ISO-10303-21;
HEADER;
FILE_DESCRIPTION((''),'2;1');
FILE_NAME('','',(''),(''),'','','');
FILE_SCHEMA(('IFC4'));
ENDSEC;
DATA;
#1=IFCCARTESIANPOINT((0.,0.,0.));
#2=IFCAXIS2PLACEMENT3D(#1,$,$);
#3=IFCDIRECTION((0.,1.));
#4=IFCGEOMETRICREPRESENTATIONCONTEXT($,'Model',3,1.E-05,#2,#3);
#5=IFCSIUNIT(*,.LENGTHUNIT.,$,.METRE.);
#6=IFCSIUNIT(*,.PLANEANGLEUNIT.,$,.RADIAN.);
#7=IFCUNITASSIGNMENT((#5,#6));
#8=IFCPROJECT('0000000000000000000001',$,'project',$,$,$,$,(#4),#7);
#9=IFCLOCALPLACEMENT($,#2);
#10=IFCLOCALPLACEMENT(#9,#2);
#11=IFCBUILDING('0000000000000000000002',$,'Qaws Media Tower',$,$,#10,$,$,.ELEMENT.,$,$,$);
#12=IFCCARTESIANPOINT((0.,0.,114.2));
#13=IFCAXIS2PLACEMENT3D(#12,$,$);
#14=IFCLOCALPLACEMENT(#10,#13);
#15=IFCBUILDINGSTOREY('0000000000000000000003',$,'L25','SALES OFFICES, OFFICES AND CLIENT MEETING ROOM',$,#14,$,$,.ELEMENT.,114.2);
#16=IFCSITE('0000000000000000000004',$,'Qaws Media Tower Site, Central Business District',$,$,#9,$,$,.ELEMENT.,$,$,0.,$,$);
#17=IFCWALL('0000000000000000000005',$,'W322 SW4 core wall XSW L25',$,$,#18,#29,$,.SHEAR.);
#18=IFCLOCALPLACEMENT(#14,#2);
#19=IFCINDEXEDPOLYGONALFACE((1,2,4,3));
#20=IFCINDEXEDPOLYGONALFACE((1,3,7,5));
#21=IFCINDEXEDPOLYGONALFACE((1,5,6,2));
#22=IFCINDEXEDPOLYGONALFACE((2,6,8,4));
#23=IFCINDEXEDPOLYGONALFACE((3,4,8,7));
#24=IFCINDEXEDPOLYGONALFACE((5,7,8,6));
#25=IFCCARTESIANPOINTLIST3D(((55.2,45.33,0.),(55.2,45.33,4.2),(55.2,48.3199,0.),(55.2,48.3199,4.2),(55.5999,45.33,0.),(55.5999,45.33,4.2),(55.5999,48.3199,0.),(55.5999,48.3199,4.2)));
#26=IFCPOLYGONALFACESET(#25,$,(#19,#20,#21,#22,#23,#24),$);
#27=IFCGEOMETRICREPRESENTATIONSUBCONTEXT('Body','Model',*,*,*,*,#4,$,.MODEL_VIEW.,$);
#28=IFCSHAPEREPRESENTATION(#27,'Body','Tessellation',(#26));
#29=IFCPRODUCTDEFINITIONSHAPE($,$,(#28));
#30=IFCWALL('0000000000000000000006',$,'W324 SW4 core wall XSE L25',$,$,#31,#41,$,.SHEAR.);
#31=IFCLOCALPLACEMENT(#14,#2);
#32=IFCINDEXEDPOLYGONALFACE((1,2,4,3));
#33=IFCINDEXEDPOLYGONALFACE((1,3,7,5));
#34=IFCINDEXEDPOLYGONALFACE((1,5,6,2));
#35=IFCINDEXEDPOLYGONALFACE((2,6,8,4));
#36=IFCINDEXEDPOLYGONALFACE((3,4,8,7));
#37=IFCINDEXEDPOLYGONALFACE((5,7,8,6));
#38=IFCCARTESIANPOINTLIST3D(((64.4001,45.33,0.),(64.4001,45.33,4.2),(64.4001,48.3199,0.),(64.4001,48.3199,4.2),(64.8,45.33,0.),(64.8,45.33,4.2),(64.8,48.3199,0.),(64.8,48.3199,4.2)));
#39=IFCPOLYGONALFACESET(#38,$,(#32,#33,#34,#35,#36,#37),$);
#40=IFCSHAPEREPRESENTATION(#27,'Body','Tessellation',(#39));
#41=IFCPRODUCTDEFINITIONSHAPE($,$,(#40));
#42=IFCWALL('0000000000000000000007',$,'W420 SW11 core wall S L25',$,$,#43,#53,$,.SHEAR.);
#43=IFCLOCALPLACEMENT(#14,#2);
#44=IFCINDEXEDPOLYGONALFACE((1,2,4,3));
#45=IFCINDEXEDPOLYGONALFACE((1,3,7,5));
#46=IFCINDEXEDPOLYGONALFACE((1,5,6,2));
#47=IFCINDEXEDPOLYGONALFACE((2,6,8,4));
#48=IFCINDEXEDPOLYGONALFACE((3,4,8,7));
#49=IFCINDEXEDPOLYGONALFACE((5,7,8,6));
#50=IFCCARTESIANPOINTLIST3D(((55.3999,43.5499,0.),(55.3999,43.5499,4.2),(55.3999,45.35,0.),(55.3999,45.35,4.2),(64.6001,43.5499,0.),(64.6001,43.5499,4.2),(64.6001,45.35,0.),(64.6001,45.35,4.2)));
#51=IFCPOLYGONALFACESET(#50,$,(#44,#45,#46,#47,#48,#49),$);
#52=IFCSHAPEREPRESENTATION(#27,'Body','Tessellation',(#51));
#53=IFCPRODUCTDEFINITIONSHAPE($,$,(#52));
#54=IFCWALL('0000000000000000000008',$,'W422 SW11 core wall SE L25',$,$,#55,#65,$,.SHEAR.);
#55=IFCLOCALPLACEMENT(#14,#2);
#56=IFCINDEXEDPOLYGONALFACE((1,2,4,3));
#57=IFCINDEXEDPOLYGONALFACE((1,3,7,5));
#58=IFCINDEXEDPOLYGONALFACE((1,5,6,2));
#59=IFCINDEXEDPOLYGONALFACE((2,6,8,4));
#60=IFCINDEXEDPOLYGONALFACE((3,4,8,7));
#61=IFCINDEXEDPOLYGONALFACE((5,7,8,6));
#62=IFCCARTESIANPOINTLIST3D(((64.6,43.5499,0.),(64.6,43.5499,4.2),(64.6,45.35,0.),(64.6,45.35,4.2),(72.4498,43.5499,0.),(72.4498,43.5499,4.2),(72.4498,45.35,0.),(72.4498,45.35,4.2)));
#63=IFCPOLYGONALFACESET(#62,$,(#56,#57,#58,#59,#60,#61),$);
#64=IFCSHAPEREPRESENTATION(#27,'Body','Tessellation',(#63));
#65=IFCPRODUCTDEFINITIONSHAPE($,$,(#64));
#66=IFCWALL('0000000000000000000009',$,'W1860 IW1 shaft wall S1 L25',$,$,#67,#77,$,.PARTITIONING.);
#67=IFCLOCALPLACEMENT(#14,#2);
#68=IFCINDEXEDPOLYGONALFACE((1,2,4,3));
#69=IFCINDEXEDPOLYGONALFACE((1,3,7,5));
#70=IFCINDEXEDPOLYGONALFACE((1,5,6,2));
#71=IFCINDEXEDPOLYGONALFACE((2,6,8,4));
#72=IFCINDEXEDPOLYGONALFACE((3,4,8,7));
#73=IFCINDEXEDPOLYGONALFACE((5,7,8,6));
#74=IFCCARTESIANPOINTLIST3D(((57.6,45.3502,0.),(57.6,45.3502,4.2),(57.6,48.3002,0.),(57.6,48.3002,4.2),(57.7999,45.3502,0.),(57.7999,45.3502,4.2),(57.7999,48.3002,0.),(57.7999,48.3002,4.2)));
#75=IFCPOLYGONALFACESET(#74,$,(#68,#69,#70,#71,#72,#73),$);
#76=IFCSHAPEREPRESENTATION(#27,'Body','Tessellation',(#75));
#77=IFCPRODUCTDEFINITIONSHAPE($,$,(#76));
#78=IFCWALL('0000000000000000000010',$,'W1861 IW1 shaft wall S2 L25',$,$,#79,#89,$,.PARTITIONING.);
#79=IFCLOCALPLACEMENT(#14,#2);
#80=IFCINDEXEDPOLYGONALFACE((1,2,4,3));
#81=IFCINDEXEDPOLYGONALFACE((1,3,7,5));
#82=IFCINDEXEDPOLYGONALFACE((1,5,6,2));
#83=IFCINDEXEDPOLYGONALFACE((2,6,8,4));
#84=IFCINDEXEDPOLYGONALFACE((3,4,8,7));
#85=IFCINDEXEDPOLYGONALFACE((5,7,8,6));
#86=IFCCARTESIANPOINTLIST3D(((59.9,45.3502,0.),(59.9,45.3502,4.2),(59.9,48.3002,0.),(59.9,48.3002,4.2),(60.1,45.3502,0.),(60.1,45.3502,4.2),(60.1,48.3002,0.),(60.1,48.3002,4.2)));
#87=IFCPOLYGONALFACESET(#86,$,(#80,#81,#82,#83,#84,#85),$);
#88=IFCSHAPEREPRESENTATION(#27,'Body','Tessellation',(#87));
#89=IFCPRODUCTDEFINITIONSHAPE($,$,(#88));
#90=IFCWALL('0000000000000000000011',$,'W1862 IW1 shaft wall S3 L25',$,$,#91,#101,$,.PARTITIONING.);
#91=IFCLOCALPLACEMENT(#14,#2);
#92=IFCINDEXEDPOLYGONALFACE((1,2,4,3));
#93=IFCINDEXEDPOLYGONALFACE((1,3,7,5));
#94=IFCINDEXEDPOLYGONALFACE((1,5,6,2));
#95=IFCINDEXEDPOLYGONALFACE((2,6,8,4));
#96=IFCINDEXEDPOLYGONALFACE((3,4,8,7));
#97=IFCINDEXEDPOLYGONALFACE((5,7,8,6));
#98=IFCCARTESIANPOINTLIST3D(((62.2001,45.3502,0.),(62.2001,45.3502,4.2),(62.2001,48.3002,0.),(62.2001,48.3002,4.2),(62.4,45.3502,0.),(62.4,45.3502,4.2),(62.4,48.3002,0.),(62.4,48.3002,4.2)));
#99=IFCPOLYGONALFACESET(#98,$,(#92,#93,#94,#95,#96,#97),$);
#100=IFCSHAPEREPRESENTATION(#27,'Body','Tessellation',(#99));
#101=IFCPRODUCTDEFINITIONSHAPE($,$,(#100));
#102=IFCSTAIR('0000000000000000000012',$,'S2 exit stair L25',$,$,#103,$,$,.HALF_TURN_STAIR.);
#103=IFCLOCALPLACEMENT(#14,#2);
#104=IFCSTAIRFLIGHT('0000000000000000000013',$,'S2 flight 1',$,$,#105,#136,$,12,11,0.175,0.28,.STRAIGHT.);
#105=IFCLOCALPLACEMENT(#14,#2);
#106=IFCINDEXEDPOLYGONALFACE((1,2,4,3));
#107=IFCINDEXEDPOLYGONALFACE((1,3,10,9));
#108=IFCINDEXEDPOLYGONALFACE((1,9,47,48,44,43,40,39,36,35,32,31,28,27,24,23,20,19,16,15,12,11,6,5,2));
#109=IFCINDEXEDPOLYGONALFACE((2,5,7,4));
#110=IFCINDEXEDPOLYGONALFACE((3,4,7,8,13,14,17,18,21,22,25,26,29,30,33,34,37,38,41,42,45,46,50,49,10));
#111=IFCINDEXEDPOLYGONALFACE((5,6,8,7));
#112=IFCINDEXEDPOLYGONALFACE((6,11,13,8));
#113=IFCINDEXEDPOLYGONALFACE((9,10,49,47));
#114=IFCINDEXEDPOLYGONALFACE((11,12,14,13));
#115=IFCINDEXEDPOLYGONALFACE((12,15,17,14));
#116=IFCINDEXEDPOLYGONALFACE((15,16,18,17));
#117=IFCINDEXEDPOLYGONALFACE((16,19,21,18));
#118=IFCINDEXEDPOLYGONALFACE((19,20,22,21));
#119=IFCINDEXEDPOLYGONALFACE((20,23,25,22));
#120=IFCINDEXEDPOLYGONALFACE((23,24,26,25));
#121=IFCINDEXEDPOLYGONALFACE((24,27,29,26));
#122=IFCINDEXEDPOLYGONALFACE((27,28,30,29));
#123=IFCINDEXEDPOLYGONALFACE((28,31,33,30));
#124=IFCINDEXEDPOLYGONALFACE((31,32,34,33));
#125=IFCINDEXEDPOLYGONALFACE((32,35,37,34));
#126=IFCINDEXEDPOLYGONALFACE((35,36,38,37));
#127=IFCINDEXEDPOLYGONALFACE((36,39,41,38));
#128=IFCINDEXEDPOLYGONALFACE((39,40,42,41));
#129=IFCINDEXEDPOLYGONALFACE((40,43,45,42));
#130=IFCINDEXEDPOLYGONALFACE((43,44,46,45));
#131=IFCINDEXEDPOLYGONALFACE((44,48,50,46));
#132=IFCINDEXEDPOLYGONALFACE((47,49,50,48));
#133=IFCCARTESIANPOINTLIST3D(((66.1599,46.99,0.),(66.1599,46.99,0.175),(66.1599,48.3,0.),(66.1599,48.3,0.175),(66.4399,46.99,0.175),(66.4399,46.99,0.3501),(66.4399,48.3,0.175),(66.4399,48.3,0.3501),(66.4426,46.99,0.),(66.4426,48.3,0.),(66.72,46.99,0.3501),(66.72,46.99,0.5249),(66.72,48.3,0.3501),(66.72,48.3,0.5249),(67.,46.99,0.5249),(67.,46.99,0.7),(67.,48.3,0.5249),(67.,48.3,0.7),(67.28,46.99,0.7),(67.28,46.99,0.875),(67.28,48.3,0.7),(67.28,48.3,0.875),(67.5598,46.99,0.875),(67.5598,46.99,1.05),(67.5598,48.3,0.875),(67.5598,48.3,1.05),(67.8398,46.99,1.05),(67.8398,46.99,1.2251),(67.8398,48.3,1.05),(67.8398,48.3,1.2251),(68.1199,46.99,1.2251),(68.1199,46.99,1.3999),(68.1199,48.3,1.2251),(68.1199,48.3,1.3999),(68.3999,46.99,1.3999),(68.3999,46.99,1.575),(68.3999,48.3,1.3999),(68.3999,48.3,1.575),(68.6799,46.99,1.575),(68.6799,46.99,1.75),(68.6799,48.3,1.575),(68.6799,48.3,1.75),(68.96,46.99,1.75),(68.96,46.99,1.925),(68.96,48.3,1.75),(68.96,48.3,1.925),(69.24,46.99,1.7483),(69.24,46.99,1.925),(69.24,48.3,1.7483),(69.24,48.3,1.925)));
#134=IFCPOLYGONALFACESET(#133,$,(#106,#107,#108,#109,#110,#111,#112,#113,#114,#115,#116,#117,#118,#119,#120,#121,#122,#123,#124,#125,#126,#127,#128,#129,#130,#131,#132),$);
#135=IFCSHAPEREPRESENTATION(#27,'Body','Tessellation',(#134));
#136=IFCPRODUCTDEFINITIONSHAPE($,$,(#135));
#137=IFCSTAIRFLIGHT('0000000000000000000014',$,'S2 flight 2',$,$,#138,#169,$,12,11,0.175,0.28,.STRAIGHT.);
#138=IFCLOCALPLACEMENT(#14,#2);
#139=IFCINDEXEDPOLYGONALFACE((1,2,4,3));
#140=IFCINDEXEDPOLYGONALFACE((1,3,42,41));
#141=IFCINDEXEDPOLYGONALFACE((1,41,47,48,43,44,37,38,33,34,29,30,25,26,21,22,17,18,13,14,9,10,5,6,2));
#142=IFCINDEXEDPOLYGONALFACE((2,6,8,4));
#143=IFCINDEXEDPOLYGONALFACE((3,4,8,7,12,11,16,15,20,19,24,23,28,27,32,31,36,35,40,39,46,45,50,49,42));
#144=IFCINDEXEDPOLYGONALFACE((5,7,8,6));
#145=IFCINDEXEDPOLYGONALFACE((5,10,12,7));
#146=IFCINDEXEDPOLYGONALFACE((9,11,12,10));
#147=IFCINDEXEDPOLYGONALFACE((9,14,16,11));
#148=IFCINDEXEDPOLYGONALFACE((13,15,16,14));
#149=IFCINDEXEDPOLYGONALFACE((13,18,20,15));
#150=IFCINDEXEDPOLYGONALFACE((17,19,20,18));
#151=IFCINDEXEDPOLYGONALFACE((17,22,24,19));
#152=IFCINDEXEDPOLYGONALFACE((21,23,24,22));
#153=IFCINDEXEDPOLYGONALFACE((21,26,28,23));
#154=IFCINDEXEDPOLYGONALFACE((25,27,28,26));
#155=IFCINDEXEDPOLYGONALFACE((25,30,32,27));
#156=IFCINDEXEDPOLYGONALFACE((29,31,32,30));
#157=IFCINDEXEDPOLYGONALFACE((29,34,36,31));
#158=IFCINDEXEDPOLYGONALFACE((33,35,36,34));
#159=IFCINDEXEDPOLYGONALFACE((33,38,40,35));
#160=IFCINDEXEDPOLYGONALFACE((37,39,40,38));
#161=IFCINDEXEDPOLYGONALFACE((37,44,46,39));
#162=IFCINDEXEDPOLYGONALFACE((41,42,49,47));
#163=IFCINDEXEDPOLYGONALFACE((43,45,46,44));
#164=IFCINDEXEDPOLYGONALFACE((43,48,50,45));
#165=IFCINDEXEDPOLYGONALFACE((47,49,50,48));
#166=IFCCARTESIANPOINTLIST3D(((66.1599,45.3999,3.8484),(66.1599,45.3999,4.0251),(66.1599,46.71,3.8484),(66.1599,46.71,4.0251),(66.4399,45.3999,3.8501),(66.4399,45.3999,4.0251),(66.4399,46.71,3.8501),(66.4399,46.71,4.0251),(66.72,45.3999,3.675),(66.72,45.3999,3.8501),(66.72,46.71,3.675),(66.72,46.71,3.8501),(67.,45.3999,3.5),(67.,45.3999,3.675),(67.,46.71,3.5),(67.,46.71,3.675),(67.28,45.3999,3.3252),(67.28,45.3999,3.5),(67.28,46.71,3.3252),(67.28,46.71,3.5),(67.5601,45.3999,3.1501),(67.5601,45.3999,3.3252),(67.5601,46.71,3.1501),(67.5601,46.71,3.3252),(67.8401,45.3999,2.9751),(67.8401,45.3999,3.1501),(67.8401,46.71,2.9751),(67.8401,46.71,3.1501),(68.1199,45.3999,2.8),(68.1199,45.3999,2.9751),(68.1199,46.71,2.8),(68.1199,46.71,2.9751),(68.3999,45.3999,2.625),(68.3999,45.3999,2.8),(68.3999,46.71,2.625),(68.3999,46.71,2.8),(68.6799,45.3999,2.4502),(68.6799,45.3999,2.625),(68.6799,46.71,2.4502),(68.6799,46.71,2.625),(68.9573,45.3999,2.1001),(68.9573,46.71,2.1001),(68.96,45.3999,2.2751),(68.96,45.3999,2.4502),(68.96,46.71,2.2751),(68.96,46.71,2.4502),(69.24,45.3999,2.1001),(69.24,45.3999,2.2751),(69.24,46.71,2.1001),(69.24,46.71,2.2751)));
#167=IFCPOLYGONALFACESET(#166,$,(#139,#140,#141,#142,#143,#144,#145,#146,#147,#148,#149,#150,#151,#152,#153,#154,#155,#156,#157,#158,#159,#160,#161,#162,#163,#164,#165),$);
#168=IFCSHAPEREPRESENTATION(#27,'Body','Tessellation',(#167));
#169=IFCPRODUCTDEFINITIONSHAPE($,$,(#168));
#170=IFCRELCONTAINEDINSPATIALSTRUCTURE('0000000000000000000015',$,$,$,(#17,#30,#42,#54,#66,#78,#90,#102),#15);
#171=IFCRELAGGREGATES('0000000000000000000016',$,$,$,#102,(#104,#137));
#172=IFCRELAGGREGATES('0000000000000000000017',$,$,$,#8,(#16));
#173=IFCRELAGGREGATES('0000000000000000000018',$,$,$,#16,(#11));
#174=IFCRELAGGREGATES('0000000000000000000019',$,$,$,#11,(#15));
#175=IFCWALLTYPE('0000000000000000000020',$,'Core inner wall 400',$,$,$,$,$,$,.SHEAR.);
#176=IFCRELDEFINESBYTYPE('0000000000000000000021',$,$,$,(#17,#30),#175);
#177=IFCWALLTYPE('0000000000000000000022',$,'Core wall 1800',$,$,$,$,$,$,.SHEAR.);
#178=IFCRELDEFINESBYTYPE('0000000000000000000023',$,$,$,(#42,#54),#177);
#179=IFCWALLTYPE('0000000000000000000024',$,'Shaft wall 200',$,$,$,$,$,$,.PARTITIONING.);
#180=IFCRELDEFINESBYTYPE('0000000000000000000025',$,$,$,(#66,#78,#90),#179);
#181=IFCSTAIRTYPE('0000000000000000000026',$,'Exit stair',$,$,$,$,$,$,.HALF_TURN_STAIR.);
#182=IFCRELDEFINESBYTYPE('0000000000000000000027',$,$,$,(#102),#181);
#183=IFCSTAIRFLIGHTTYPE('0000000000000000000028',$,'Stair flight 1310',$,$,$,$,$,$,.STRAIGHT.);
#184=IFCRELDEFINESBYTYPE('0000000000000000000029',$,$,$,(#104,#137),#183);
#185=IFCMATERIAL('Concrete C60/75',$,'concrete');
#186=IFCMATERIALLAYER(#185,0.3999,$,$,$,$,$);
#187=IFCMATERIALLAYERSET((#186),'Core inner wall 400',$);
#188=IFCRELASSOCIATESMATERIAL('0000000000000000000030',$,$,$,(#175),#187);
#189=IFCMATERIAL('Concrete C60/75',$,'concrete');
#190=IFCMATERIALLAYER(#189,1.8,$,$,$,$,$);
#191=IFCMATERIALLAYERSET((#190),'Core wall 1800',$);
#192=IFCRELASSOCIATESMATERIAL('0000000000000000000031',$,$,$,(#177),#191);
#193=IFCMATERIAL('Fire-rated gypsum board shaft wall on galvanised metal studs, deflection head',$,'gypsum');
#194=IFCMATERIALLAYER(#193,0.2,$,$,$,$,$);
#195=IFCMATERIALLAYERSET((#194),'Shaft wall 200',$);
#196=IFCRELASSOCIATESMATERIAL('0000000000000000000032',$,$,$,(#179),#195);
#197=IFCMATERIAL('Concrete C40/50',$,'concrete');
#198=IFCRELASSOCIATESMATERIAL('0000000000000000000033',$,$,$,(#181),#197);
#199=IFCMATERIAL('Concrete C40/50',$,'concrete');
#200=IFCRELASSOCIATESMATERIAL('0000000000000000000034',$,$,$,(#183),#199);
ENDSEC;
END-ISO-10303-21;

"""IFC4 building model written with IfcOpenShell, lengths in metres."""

from ifc_helpers import new_model, si_unit, direction, frame, frame_2d, origin, place, context, subcontext, project, spatial, polyline, rectangle, outline, extrude, material, layer, layer_set, type_object, element, aggregate, save


model = new_model("IFC4")

# Units and contexts
model_context = context("Model", 3, precision=1e-05, world=origin(), true_north=direction((0.0, 1.0)))
body_context = subcontext(model_context, "Body", "Model", "MODEL_VIEW")
ifc_project = project(units=[si_unit("LENGTHUNIT", "METRE"), si_unit("PLANEANGLEUNIT", "RADIAN")], contexts=[model_context])

# Site, building, storey
site_placement = place(None, origin())
site = spatial("IfcSite", under=ifc_project, at=site_placement, Name="Qaws Media Tower Site, Central Business District", CompositionType="ELEMENT", RefElevation=0.0)
building_placement = place(site_placement, origin())
building = spatial("IfcBuilding", under=site, at=building_placement, Name="Qaws Media Tower", CompositionType="ELEMENT")
storey_placement = place(building_placement, frame((0.0, 0.0, 114.2)))
storey = spatial("IfcBuildingStorey", under=building, at=storey_placement, Name="L25", Description="SALES OFFICES, OFFICES AND CLIENT MEETING ROOM", CompositionType="ELEMENT", Elevation=114.2)

# Walls
ifc_material_1 = material(Name="Concrete C60/75", Category="concrete")
ifc_layer_1 = layer(ifc_material_1, 0.3999)
ifc_layer_set_1 = layer_set([ifc_layer_1], Name="Core inner wall 400")
wall_type_1 = type_object("IfcWallType", Name="Core inner wall 400", PredefinedType="SHEAR", material=ifc_layer_set_1)
for number, where, z_axis, x_axis, name in (
    (1, (55.3999, 48.3201, 0.0), (0.0, 0.0, 1.0), (0.0, -1.0, 0.0), "W322 SW4 core wall XSW L25"),
    (2, (64.6001, 48.3201, 0.0), (0.0, 0.0, 1.0), (0.0, -1.0, 0.0), "W324 SW4 core wall XSE L25"),
):
    element("IfcWall", number, at=place(storey_placement, frame(where, z_axis=z_axis, x_axis=x_axis)), inside=storey, type_object=wall_type_1, Name=name, PredefinedType="SHEAR", context=body_context, shape_type="SweptSolid", body=[
        extrude(rectangle(XDim=2.99, YDim=0.3999, at=frame_2d((1.4951, 0.0))), origin(), (0.0, 0.0, 1.0), 4.2),
    ])
ifc_material_2 = material(Name="Concrete C60/75", Category="concrete")
ifc_layer_2 = layer(ifc_material_2, 1.8)
ifc_layer_set_2 = layer_set([ifc_layer_2], Name="Core wall 1800")
wall_type_2 = type_object("IfcWallType", Name="Core wall 1800", PredefinedType="SHEAR", material=ifc_layer_set_2)
wall_1_placement = place(storey_placement, frame((55.3999, 44.45, 0.0), z_axis=(0.0, 0.0, 1.0), x_axis=(1.0, 0.0, 0.0)))
element("IfcWall", 3, at=wall_1_placement, inside=storey, type_object=wall_type_2, Name="W420 SW11 core wall S L25", PredefinedType="SHEAR", context=body_context, shape_type="SweptSolid", body=[
    extrude(rectangle(XDim=9.2002, YDim=1.8, at=frame_2d((4.6001, 0.0))), origin(), (0.0, 0.0, 1.0), 4.2),
])
wall_2_placement = place(storey_placement, frame((64.6001, 44.45, 0.0), z_axis=(0.0, 0.0, 1.0), x_axis=(1.0, 0.0, 0.0)))
element("IfcWall", 4, at=wall_2_placement, inside=storey, type_object=wall_type_2, Name="W422 SW11 core wall SE L25", PredefinedType="SHEAR", context=body_context, shape_type="SweptSolid", body=[
    extrude(rectangle(XDim=7.8499, YDim=1.8, at=frame_2d((3.9248, 0.0))), origin(), (0.0, 0.0, 1.0), 4.2),
])
ifc_material_3 = material(Name="Fire-rated gypsum board shaft wall on galvanised metal studs, deflection head", Category="gypsum")
ifc_layer_3 = layer(ifc_material_3, 0.2)
ifc_layer_set_3 = layer_set([ifc_layer_3], Name="Shaft wall 200")
wall_type_3 = type_object("IfcWallType", Name="Shaft wall 200", PredefinedType="PARTITIONING", material=ifc_layer_set_3)
for number, where, z_axis, x_axis, name in (
    (5, (57.7, 45.3501, 0.0), (0.0, 0.0, 1.0), (0.0, 1.0, 0.0), "W1860 IW1 shaft wall S1 L25"),
    (6, (60.0, 45.3501, 0.0), (0.0, 0.0, 1.0), (0.0, 1.0, 0.0), "W1861 IW1 shaft wall S2 L25"),
    (7, (62.3, 45.3501, 0.0), (0.0, 0.0, 1.0), (0.0, 1.0, 0.0), "W1862 IW1 shaft wall S3 L25"),
):
    element("IfcWall", number, at=place(storey_placement, frame(where, z_axis=z_axis, x_axis=x_axis)), inside=storey, type_object=wall_type_3, Name=name, PredefinedType="PARTITIONING", context=body_context, shape_type="SweptSolid", body=[
        extrude(rectangle(XDim=2.95, YDim=0.2, at=frame_2d((1.4751, 0.0))), origin(), (0.0, 0.0, 1.0), 4.2),
    ])

# Stair, stair flights
ifc_material_4 = material(Name="Concrete C40/50", Category="concrete")
stair_type = type_object("IfcStairType", Name="Exit stair", PredefinedType="HALF_TURN_STAIR", material=ifc_material_4)
stair_placement = place(storey_placement, origin())
stair = element("IfcStair", 8, at=stair_placement, inside=storey, type_object=stair_type, Name="S2 exit stair L25", PredefinedType="HALF_TURN_STAIR")
ifc_material_5 = material(Name="Concrete C40/50", Category="concrete")
stair_flight_type = type_object("IfcStairFlightType", Name="Stair flight 1310", PredefinedType="STRAIGHT", material=ifc_material_5)
stair_flight_1_placement = place(storey_placement, frame((66.1599, 47.645, 0.0), z_axis=(0.0, 0.0, 1.0), x_axis=(1.0, 0.0, 0.0)))
stair_flight_1 = element("IfcStairFlight", 9, at=stair_flight_1_placement, type_object=stair_flight_type, Name="S2 flight 1", NumberOfRisers=12, NumberOfTreads=11, PredefinedType="STRAIGHT", RiserHeight=0.175, TreadLength=0.28, context=body_context, shape_type="SweptSolid", body=[
    extrude(outline(polyline([(0.0, 0.0), (0.0, 0.175), (0.28, 0.175), (0.28, 0.3501), (0.5601, 0.3501), (0.5601, 0.5249), (0.8401, 0.5249), (0.8401, 0.7), (1.1201, 0.7), (1.1201, 0.875), (1.3999, 0.875), (1.3999, 1.05), (1.6799, 1.05), (1.6799, 1.2251), (1.96, 1.2251), (1.96, 1.3999), (2.24, 1.3999), (2.24, 1.575), (2.52, 1.575), (2.52, 1.75), (2.8, 1.75), (2.8, 1.925), (3.0801, 1.925), (3.0801, 2.1001), (3.0801, 1.7483), (0.2827, 0.0), (0.0, 0.0)])), frame((0.0, 0.655, 0.0), z_axis=(0.0, -1.0, 0.0), x_axis=(1.0, 0.0, 0.0)), (0.0, 0.0, 1.0), 1.3101),
])
stair_flight_2_placement = place(storey_placement, frame((69.24, 46.0549, 2.1001), z_axis=(0.0, 0.0, 1.0), x_axis=(-1.0, 0.0, 0.0)))
stair_flight_2 = element("IfcStairFlight", 10, at=stair_flight_2_placement, type_object=stair_flight_type, Name="S2 flight 2", NumberOfRisers=12, NumberOfTreads=11, PredefinedType="STRAIGHT", RiserHeight=0.175, TreadLength=0.28, context=body_context, shape_type="SweptSolid", body=[
    extrude(outline(polyline([(0.0, 0.0), (0.0, 0.175), (0.28, 0.175), (0.28, 0.3501), (0.5601, 0.3501), (0.5601, 0.5249), (0.8401, 0.5249), (0.8401, 0.7), (1.1201, 0.7), (1.1201, 0.875), (1.3999, 0.875), (1.3999, 1.05), (1.6799, 1.05), (1.6799, 1.2251), (1.96, 1.2251), (1.96, 1.3999), (2.24, 1.3999), (2.24, 1.575), (2.52, 1.575), (2.52, 1.75), (2.8, 1.75), (2.8, 1.925), (3.0801, 1.925), (3.0801, 2.1001), (3.0801, 1.7483), (0.2827, 0.0), (0.0, 0.0)])), frame((0.0, 0.655, 0.0), z_axis=(0.0, -1.0, 0.0), x_axis=(1.0, 0.0, 0.0)), (0.0, 0.0, 1.0), 1.3101),
])
aggregate(stair, [stair_flight_1, stair_flight_2])

save(model, "model.ifc")
